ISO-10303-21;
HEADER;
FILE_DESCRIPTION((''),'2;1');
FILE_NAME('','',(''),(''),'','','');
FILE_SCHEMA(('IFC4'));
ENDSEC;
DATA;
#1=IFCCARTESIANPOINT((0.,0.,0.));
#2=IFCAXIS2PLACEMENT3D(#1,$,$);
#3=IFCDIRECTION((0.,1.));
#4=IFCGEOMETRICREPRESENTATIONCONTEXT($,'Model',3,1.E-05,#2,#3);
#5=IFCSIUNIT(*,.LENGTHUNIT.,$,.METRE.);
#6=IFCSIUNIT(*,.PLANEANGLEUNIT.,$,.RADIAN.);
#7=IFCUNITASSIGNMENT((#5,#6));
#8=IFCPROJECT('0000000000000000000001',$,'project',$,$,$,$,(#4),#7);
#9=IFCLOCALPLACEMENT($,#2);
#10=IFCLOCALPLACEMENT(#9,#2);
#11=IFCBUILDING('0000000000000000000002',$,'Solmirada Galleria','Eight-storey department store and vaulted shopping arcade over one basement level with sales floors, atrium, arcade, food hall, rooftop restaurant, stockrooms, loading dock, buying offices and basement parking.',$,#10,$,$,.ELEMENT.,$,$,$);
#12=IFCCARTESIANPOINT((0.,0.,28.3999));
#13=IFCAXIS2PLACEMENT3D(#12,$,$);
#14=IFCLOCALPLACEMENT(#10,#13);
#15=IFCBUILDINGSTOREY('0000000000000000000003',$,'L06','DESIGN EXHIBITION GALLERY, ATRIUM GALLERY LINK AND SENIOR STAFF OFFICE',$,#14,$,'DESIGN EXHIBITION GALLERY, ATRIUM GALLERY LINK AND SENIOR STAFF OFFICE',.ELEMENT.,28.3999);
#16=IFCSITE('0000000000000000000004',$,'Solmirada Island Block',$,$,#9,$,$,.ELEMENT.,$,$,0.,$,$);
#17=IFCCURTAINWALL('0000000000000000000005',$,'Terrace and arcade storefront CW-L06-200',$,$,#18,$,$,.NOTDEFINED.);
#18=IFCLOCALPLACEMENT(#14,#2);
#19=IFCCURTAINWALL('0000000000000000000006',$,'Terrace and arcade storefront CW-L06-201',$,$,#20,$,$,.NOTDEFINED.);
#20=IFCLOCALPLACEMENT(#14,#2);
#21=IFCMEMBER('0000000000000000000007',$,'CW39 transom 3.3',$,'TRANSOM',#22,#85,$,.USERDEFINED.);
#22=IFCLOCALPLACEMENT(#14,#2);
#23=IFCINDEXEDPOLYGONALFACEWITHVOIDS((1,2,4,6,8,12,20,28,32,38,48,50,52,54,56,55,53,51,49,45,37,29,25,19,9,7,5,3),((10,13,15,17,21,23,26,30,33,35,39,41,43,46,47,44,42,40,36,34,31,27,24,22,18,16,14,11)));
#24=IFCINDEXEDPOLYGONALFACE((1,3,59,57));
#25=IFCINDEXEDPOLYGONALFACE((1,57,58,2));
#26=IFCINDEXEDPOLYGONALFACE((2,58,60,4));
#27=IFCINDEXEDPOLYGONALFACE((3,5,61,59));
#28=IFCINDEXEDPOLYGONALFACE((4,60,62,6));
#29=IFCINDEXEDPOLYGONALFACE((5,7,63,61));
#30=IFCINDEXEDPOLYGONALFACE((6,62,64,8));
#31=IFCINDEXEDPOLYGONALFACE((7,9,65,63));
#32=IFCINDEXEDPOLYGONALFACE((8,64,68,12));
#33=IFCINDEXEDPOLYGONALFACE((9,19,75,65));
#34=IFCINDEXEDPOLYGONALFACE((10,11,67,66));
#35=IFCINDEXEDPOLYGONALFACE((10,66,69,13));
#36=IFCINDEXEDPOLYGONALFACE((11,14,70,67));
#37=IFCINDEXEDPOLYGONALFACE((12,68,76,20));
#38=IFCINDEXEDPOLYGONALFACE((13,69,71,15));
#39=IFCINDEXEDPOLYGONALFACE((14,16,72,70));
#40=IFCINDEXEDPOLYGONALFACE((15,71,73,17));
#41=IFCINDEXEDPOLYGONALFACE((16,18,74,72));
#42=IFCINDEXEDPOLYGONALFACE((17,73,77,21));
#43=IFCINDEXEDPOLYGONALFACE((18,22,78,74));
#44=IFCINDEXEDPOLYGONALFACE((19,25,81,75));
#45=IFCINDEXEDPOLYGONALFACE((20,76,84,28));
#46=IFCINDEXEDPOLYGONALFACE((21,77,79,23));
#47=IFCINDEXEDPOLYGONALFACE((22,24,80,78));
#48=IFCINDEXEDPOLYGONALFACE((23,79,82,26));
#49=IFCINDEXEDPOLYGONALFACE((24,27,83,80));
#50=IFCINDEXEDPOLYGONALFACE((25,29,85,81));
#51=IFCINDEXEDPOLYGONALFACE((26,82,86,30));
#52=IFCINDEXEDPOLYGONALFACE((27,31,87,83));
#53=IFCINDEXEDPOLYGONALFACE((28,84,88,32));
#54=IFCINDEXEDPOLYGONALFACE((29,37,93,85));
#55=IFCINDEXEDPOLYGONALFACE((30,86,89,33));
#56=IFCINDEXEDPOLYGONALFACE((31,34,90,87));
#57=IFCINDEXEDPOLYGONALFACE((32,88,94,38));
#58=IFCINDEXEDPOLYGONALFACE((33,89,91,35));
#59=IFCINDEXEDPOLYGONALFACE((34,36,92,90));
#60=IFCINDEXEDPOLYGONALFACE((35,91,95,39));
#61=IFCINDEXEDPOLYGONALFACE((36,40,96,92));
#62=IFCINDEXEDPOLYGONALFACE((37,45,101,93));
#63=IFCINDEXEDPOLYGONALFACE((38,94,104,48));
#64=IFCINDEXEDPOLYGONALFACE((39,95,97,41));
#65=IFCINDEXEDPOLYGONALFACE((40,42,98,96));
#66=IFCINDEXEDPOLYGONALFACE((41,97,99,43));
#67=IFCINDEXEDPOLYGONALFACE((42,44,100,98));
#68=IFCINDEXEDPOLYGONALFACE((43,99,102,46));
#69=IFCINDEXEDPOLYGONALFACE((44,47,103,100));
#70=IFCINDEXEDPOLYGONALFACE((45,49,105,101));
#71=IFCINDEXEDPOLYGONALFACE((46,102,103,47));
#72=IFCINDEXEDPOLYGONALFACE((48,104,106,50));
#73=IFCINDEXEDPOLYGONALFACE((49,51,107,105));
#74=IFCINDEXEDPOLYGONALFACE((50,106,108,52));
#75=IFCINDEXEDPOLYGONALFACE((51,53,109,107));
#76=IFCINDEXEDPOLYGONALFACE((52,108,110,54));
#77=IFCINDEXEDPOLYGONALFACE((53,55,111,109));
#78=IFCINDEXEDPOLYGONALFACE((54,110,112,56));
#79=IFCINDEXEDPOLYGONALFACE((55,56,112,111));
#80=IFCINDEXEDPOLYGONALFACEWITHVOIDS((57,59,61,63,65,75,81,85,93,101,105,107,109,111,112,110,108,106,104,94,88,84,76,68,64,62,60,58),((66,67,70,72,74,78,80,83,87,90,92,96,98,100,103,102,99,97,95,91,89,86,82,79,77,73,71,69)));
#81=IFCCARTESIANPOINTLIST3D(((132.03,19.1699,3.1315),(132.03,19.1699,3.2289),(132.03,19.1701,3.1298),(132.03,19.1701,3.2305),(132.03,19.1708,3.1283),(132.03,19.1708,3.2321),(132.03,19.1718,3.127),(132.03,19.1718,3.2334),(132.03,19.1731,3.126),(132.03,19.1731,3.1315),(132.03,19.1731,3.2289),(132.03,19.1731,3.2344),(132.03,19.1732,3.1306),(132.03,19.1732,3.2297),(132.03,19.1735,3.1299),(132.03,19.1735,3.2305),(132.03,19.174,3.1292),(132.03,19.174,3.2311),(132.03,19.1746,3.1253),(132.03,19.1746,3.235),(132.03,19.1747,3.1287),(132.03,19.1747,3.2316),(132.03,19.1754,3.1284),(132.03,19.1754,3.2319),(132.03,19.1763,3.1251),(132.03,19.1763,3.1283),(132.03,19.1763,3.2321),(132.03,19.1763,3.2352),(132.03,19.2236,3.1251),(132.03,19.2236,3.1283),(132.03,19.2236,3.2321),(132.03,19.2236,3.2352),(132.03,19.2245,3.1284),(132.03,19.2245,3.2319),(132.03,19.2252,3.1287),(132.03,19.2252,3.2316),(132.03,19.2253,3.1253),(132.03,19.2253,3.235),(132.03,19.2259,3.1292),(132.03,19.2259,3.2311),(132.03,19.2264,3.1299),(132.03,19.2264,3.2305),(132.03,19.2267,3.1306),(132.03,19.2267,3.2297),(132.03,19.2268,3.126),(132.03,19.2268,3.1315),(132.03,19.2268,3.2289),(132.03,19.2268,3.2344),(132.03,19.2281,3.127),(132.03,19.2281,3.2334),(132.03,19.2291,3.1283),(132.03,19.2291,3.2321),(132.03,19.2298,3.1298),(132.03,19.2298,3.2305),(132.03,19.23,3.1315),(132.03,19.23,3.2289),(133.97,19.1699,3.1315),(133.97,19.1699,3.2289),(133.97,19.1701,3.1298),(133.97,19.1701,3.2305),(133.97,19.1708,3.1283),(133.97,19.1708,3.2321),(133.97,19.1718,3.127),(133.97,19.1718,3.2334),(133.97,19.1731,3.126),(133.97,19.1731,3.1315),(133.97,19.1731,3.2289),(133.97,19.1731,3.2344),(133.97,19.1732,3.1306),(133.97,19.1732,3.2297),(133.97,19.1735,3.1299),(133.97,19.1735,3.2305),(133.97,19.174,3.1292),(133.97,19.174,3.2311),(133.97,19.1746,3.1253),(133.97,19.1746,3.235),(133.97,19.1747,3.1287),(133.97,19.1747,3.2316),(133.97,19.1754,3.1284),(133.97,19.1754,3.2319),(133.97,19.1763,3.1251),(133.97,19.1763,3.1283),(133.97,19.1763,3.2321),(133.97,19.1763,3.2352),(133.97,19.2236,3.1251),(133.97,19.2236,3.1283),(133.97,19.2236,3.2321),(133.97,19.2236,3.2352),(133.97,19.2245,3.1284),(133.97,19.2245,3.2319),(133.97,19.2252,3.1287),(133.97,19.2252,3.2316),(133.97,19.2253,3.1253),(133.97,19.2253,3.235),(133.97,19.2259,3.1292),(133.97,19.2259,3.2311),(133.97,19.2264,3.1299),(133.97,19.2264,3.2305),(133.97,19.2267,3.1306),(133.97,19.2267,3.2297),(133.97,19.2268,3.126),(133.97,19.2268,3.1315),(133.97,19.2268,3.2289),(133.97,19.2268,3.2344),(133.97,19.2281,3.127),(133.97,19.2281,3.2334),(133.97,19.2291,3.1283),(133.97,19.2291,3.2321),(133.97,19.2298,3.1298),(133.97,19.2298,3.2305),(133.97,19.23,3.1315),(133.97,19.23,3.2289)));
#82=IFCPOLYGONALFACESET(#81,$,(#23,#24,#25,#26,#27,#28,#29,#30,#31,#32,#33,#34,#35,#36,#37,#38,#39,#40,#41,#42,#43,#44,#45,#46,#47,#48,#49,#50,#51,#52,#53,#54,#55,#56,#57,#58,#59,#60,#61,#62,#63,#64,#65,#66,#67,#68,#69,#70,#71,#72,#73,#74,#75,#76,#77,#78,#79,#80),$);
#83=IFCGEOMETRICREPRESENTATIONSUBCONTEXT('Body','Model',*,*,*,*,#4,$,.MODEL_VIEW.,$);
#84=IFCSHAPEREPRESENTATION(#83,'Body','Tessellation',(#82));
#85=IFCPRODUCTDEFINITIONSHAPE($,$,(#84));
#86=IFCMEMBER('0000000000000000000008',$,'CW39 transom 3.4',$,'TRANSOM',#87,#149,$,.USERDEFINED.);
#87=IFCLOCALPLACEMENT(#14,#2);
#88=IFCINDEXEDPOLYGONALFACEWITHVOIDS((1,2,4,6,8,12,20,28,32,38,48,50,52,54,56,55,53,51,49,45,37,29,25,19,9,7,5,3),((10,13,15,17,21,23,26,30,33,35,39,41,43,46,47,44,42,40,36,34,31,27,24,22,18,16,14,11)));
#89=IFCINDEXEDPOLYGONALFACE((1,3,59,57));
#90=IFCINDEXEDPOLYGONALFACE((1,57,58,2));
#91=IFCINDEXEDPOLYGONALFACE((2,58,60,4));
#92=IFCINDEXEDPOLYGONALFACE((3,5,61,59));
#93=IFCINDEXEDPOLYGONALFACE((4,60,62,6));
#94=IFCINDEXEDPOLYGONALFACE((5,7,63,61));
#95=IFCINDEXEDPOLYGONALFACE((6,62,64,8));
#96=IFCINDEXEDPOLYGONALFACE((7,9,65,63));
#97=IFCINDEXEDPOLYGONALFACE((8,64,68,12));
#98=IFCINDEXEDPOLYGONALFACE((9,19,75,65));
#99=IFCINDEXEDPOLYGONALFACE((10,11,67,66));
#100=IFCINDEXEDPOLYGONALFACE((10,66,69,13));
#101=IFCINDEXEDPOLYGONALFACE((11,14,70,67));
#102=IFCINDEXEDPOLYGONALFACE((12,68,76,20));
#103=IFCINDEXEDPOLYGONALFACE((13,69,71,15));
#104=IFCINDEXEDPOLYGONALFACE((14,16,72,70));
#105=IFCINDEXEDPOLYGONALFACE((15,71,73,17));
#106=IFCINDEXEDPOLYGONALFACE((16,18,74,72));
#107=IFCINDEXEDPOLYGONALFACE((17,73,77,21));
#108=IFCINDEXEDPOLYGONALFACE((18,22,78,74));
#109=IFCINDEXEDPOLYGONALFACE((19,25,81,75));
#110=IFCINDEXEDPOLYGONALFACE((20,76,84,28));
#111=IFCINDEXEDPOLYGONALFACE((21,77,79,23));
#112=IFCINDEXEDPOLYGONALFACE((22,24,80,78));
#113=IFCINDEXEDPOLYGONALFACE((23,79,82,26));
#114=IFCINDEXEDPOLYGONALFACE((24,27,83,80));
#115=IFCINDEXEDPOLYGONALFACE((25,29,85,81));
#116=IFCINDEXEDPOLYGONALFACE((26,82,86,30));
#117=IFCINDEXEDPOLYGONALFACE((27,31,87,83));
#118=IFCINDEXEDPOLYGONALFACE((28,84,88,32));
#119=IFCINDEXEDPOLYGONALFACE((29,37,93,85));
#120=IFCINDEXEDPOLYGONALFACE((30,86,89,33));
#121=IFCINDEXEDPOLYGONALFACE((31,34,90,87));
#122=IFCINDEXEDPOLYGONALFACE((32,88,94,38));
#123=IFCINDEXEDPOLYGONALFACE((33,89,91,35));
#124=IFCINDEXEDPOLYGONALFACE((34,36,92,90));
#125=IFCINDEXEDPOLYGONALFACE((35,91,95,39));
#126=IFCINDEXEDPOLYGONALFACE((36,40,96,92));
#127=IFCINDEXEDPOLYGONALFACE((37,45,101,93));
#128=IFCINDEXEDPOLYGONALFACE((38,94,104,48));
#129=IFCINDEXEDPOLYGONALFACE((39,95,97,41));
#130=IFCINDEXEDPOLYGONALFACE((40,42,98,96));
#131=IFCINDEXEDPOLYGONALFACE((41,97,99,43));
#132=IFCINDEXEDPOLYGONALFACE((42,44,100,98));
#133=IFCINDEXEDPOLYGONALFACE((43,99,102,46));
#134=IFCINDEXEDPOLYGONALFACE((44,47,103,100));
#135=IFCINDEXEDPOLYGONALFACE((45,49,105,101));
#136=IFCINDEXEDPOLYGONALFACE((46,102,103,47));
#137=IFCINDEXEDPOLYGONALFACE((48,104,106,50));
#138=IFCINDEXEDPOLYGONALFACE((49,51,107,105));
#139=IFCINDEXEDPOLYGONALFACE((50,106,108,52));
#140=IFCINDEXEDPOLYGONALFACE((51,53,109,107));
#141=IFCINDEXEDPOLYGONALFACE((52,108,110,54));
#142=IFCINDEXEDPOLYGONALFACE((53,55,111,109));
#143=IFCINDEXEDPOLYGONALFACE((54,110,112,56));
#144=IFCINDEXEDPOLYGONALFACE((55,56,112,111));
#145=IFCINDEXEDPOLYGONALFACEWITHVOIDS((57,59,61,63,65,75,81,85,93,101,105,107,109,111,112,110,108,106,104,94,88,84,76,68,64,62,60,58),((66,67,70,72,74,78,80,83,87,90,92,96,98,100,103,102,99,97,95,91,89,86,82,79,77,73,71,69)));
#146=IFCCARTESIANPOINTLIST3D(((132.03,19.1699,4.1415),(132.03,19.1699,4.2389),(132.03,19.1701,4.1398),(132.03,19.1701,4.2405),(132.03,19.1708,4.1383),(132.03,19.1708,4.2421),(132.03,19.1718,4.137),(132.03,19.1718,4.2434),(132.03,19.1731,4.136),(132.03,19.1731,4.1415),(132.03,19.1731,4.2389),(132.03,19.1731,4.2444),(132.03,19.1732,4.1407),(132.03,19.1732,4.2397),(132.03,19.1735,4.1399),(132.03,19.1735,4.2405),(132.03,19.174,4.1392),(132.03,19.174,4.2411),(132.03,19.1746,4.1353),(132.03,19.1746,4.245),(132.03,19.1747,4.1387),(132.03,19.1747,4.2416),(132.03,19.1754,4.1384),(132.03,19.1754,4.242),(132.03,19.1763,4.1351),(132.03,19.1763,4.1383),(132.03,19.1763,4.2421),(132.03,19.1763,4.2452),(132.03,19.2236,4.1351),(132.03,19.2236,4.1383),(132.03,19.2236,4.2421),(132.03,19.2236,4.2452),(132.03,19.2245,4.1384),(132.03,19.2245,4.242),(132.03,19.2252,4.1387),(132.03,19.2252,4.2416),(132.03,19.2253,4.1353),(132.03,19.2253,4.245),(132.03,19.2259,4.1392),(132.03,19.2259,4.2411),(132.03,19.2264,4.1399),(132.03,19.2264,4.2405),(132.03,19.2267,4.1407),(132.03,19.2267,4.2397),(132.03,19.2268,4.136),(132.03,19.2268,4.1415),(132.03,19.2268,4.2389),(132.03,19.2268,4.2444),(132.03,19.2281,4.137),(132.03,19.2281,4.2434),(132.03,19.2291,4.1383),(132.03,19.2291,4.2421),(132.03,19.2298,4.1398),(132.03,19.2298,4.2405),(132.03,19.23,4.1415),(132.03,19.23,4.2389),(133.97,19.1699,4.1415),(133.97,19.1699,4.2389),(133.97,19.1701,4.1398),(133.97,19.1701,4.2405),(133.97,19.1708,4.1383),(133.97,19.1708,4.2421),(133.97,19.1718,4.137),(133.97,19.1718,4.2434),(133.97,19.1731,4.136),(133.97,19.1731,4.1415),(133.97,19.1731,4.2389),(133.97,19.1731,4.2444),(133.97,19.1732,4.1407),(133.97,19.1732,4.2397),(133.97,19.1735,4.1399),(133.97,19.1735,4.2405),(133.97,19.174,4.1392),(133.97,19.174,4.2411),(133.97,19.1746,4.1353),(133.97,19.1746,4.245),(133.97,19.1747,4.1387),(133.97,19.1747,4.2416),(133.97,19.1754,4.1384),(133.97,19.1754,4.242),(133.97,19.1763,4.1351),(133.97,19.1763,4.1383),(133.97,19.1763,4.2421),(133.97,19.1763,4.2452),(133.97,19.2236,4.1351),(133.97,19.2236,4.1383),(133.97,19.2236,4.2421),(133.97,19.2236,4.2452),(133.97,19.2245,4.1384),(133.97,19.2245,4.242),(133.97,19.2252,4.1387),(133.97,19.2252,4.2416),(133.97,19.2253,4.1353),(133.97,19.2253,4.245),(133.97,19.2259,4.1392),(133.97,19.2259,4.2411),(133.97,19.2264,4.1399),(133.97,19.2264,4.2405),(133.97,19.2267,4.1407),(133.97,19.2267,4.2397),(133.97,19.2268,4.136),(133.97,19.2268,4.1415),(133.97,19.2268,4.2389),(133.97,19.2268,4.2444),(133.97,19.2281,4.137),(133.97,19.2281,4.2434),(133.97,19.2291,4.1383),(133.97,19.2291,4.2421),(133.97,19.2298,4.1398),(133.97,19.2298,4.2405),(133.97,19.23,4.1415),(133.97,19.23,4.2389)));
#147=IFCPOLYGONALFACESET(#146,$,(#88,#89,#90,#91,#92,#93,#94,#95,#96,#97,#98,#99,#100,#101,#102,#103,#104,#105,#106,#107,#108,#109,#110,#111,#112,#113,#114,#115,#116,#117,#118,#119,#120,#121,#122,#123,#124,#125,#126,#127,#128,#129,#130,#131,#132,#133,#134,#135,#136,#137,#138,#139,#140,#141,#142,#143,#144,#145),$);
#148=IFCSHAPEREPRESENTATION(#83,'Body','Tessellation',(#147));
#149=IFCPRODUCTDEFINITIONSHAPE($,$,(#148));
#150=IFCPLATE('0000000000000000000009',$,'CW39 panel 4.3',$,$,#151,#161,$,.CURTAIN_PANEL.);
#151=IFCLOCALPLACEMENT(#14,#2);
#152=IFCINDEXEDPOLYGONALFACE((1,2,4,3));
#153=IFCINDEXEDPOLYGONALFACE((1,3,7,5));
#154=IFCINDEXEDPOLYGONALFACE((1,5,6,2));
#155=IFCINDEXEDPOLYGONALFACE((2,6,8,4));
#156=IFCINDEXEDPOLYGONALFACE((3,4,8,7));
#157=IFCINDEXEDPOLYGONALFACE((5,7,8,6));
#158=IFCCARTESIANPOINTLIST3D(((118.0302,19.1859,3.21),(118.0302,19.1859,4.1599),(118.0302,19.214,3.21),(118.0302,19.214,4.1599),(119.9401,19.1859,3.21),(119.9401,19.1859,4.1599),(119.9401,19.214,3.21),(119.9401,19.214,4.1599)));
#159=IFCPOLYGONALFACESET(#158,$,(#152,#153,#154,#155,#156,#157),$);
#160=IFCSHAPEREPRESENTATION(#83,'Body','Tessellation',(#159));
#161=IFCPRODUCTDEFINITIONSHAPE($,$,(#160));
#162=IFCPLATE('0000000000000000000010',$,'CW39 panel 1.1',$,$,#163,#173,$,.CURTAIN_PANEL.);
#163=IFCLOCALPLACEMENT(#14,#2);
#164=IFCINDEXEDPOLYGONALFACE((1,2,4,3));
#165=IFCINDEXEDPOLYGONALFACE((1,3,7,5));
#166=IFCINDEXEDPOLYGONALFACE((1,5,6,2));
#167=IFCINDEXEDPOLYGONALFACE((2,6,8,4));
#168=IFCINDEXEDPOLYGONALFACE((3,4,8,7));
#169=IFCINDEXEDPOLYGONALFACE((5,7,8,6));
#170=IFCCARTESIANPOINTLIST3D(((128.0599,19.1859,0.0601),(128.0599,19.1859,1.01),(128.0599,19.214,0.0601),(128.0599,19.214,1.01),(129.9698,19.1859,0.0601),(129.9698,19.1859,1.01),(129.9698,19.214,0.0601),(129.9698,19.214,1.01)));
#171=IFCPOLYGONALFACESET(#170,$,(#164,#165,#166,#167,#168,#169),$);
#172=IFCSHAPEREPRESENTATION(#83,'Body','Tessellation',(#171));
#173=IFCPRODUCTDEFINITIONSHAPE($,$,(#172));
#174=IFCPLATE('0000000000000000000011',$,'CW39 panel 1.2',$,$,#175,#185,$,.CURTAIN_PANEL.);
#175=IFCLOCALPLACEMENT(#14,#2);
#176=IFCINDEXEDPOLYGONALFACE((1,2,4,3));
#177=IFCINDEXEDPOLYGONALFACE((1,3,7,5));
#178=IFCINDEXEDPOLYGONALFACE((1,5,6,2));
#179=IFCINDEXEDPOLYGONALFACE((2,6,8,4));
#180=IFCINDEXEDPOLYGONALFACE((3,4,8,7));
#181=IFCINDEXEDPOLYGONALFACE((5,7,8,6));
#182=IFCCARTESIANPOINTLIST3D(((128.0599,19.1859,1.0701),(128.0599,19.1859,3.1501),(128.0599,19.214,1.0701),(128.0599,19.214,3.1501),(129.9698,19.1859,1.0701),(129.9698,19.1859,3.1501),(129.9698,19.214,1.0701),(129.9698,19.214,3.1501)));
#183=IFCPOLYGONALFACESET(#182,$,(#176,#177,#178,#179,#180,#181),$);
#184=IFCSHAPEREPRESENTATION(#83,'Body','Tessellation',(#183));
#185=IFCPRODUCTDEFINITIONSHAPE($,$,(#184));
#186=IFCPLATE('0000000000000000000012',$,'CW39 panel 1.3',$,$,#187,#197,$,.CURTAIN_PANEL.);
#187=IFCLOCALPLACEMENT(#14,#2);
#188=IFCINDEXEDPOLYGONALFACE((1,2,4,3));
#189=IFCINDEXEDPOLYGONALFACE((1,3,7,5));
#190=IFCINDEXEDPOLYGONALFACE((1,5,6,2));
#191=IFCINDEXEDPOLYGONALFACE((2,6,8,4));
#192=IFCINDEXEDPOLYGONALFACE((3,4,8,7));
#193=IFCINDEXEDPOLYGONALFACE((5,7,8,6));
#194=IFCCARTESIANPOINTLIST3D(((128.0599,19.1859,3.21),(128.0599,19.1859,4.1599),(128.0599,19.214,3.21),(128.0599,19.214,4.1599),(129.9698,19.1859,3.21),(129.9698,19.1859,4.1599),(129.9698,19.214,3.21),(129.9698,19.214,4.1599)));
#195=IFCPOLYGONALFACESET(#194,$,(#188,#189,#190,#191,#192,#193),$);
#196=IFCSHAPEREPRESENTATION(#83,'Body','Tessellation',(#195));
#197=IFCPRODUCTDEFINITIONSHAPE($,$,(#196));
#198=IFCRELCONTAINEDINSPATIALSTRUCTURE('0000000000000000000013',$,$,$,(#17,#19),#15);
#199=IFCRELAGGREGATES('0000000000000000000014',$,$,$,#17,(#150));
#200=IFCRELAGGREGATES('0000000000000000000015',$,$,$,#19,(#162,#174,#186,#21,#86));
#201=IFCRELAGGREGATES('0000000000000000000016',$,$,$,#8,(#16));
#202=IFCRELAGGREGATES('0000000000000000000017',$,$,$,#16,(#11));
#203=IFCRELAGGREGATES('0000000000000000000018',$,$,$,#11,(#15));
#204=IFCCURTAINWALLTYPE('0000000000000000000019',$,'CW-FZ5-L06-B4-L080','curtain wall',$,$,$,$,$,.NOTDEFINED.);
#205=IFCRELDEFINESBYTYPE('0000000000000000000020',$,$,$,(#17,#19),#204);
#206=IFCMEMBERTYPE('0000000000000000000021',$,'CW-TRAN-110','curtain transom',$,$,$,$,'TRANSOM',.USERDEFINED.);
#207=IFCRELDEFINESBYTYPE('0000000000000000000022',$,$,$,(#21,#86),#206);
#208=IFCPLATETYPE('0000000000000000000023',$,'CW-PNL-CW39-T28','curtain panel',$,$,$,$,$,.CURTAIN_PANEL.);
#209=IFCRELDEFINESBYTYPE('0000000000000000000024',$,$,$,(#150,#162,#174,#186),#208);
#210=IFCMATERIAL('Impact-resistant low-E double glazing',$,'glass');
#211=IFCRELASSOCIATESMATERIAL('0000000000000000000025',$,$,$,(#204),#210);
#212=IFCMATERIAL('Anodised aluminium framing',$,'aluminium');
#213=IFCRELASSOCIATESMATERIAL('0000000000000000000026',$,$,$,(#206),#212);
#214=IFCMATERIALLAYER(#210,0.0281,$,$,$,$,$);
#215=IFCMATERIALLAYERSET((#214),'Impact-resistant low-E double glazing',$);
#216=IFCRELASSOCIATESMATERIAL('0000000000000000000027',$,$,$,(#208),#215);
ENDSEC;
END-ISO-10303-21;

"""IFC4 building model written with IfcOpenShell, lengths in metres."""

from ifc_helpers import new_model, si_unit, direction, frame, origin, origin_2d, place, context, subcontext, project, spatial, rectangle, hollow_rectangle, extrude, material, layer, layer_set, material_profile, profile_set, type_object, element, aggregate, save


model = new_model("IFC4")

# Units and contexts
model_context = context("Model", 3, precision=1e-05, world=origin(), true_north=direction((0.0, 1.0)))
body_context = subcontext(model_context, "Body", "Model", "MODEL_VIEW")
ifc_project = project(units=[si_unit("LENGTHUNIT", "METRE"), si_unit("PLANEANGLEUNIT", "RADIAN")], contexts=[model_context])

# Site, building, storey
site_placement = place(None, origin())
site = spatial("IfcSite", under=ifc_project, at=site_placement, Name="Solmirada Island Block", CompositionType="ELEMENT", RefElevation=0.0)
building_placement = place(site_placement, origin())
building = spatial("IfcBuilding", under=site, at=building_placement, Name="Solmirada Galleria", Description="Eight-storey department store and vaulted shopping arcade over one basement level with sales floors, atrium, arcade, food hall, rooftop restaurant, stockrooms, loading dock, buying offices and basement parking.", CompositionType="ELEMENT")
storey_placement = place(building_placement, frame((0.0, 0.0, 28.3999)))
storey = spatial("IfcBuildingStorey", under=building, at=storey_placement, Name="L06", Description="DESIGN EXHIBITION GALLERY, ATRIUM GALLERY LINK AND SENIOR STAFF OFFICE", LongName="DESIGN EXHIBITION GALLERY, ATRIUM GALLERY LINK AND SENIOR STAFF OFFICE", CompositionType="ELEMENT", Elevation=28.3999)

# Curtain wall
ifc_material_1 = material(Name="Impact-resistant low-E double glazing", Category="glass")
curtain_wall_type = type_object("IfcCurtainWallType", Name="CW-FZ5-L06-B4-L080", Description="curtain wall", PredefinedType="NOTDEFINED", material=ifc_material_1)
curtain_wall_1_placement = place(storey_placement, origin())
curtain_wall_1 = element("IfcCurtainWall", 1, at=curtain_wall_1_placement, inside=storey, type_object=curtain_wall_type, Name="Terrace and arcade storefront CW-L06-200", PredefinedType="NOTDEFINED")
ifc_material_2 = material(Name="Anodised aluminium framing", Category="aluminium")

# Curtain wall, members
curtain_wall_2_placement = place(storey_placement, origin())
curtain_wall_2 = element("IfcCurtainWall", 2, at=curtain_wall_2_placement, inside=storey, type_object=curtain_wall_type, Name="Terrace and arcade storefront CW-L06-201", PredefinedType="NOTDEFINED")
ifc_material_profile_1 = material_profile(ifc_material_2, hollow_rectangle(XDim=0.0601, YDim=0.1101, WallThickness=0.0032, InnerFilletRadius=0.0032, OuterFilletRadius=0.0063, at=origin_2d()), Name="ALU-TRAN-110X60")
ifc_profile_set_1 = profile_set([ifc_material_profile_1], Name="Anodised aluminium framing")
member_type_1 = type_object("IfcMemberType", Name="CW-TRAN-110", Description="curtain transom", ElementType="TRANSOM", PredefinedType="USERDEFINED", material=ifc_profile_set_1)
member_1_placement = place(storey_placement, frame((132.03, 19.2, 3.1802), z_axis=(1.0, 0.0, 0.0), x_axis=(0.0, 1.0, 0.0)))
member_1 = element("IfcMember", 3, at=member_1_placement, type_object=member_type_1, Name="CW39 transom 3.3", ObjectType="TRANSOM", PredefinedType="USERDEFINED", context=body_context, shape_type="SweptSolid", body=[
    extrude(hollow_rectangle(XDim=0.0601, YDim=0.1101, WallThickness=0.0032, InnerFilletRadius=0.0032, OuterFilletRadius=0.0063, at=origin_2d()), origin(), (0.0, 0.0, 1.0), 1.9399),
])
member_2_placement = place(storey_placement, frame((132.03, 19.2, 4.1902), z_axis=(1.0, 0.0, 0.0), x_axis=(0.0, 1.0, 0.0)))
member_2 = element("IfcMember", 4, at=member_2_placement, type_object=member_type_1, Name="CW39 transom 3.4", ObjectType="TRANSOM", PredefinedType="USERDEFINED", context=body_context, shape_type="SweptSolid", body=[
    extrude(hollow_rectangle(XDim=0.0601, YDim=0.1101, WallThickness=0.0032, InnerFilletRadius=0.0032, OuterFilletRadius=0.0063, at=origin_2d()), origin(), (0.0, 0.0, 1.0), 1.9399),
])

# Plates
ifc_layer_1 = layer(ifc_material_1, 0.0281)
ifc_layer_set_1 = layer_set([ifc_layer_1], Name="Impact-resistant low-E double glazing")
plate_type = type_object("IfcPlateType", Name="CW-PNL-CW39-T28", Description="curtain panel", PredefinedType="CURTAIN_PANEL", material=ifc_layer_set_1)
plate_1_placement = place(storey_placement, frame((118.9851, 19.2, 3.21), z_axis=(0.0, 0.0, 1.0), x_axis=(1.0, 0.0, 0.0)))
plate_1 = element("IfcPlate", 5, at=plate_1_placement, type_object=plate_type, Name="CW39 panel 4.3", PredefinedType="CURTAIN_PANEL", context=body_context, shape_type="SweptSolid", body=[
    extrude(rectangle(XDim=1.9099, YDim=0.0281, at=origin_2d()), origin(), (0.0, 0.0, 1.0), 0.95),
])
aggregate(curtain_wall_1, [plate_1])
plate_2_placement = place(storey_placement, frame((129.0149, 19.2, 0.0601), z_axis=(0.0, 0.0, 1.0), x_axis=(1.0, 0.0, 0.0)))
plate_2 = element("IfcPlate", 6, at=plate_2_placement, type_object=plate_type, Name="CW39 panel 1.1", PredefinedType="CURTAIN_PANEL", context=body_context, shape_type="SweptSolid", body=[
    extrude(rectangle(XDim=1.9099, YDim=0.0281, at=origin_2d()), origin(), (0.0, 0.0, 1.0), 0.95),
])
plate_3_placement = place(storey_placement, frame((129.0149, 19.2, 1.0701), z_axis=(0.0, 0.0, 1.0), x_axis=(1.0, 0.0, 0.0)))
plate_3 = element("IfcPlate", 7, at=plate_3_placement, type_object=plate_type, Name="CW39 panel 1.2", PredefinedType="CURTAIN_PANEL", context=body_context, shape_type="SweptSolid", body=[
    extrude(rectangle(XDim=1.9099, YDim=0.0281, at=origin_2d()), origin(), (0.0, 0.0, 1.0), 2.0801),
])
plate_4_placement = place(storey_placement, frame((129.0149, 19.2, 3.21), z_axis=(0.0, 0.0, 1.0), x_axis=(1.0, 0.0, 0.0)))
plate_4 = element("IfcPlate", 8, at=plate_4_placement, type_object=plate_type, Name="CW39 panel 1.3", PredefinedType="CURTAIN_PANEL", context=body_context, shape_type="SweptSolid", body=[
    extrude(rectangle(XDim=1.9099, YDim=0.0281, at=origin_2d()), origin(), (0.0, 0.0, 1.0), 0.95),
])
aggregate(curtain_wall_2, [plate_2, plate_3, plate_4, member_1, member_2])

save(model, "model.ifc")
